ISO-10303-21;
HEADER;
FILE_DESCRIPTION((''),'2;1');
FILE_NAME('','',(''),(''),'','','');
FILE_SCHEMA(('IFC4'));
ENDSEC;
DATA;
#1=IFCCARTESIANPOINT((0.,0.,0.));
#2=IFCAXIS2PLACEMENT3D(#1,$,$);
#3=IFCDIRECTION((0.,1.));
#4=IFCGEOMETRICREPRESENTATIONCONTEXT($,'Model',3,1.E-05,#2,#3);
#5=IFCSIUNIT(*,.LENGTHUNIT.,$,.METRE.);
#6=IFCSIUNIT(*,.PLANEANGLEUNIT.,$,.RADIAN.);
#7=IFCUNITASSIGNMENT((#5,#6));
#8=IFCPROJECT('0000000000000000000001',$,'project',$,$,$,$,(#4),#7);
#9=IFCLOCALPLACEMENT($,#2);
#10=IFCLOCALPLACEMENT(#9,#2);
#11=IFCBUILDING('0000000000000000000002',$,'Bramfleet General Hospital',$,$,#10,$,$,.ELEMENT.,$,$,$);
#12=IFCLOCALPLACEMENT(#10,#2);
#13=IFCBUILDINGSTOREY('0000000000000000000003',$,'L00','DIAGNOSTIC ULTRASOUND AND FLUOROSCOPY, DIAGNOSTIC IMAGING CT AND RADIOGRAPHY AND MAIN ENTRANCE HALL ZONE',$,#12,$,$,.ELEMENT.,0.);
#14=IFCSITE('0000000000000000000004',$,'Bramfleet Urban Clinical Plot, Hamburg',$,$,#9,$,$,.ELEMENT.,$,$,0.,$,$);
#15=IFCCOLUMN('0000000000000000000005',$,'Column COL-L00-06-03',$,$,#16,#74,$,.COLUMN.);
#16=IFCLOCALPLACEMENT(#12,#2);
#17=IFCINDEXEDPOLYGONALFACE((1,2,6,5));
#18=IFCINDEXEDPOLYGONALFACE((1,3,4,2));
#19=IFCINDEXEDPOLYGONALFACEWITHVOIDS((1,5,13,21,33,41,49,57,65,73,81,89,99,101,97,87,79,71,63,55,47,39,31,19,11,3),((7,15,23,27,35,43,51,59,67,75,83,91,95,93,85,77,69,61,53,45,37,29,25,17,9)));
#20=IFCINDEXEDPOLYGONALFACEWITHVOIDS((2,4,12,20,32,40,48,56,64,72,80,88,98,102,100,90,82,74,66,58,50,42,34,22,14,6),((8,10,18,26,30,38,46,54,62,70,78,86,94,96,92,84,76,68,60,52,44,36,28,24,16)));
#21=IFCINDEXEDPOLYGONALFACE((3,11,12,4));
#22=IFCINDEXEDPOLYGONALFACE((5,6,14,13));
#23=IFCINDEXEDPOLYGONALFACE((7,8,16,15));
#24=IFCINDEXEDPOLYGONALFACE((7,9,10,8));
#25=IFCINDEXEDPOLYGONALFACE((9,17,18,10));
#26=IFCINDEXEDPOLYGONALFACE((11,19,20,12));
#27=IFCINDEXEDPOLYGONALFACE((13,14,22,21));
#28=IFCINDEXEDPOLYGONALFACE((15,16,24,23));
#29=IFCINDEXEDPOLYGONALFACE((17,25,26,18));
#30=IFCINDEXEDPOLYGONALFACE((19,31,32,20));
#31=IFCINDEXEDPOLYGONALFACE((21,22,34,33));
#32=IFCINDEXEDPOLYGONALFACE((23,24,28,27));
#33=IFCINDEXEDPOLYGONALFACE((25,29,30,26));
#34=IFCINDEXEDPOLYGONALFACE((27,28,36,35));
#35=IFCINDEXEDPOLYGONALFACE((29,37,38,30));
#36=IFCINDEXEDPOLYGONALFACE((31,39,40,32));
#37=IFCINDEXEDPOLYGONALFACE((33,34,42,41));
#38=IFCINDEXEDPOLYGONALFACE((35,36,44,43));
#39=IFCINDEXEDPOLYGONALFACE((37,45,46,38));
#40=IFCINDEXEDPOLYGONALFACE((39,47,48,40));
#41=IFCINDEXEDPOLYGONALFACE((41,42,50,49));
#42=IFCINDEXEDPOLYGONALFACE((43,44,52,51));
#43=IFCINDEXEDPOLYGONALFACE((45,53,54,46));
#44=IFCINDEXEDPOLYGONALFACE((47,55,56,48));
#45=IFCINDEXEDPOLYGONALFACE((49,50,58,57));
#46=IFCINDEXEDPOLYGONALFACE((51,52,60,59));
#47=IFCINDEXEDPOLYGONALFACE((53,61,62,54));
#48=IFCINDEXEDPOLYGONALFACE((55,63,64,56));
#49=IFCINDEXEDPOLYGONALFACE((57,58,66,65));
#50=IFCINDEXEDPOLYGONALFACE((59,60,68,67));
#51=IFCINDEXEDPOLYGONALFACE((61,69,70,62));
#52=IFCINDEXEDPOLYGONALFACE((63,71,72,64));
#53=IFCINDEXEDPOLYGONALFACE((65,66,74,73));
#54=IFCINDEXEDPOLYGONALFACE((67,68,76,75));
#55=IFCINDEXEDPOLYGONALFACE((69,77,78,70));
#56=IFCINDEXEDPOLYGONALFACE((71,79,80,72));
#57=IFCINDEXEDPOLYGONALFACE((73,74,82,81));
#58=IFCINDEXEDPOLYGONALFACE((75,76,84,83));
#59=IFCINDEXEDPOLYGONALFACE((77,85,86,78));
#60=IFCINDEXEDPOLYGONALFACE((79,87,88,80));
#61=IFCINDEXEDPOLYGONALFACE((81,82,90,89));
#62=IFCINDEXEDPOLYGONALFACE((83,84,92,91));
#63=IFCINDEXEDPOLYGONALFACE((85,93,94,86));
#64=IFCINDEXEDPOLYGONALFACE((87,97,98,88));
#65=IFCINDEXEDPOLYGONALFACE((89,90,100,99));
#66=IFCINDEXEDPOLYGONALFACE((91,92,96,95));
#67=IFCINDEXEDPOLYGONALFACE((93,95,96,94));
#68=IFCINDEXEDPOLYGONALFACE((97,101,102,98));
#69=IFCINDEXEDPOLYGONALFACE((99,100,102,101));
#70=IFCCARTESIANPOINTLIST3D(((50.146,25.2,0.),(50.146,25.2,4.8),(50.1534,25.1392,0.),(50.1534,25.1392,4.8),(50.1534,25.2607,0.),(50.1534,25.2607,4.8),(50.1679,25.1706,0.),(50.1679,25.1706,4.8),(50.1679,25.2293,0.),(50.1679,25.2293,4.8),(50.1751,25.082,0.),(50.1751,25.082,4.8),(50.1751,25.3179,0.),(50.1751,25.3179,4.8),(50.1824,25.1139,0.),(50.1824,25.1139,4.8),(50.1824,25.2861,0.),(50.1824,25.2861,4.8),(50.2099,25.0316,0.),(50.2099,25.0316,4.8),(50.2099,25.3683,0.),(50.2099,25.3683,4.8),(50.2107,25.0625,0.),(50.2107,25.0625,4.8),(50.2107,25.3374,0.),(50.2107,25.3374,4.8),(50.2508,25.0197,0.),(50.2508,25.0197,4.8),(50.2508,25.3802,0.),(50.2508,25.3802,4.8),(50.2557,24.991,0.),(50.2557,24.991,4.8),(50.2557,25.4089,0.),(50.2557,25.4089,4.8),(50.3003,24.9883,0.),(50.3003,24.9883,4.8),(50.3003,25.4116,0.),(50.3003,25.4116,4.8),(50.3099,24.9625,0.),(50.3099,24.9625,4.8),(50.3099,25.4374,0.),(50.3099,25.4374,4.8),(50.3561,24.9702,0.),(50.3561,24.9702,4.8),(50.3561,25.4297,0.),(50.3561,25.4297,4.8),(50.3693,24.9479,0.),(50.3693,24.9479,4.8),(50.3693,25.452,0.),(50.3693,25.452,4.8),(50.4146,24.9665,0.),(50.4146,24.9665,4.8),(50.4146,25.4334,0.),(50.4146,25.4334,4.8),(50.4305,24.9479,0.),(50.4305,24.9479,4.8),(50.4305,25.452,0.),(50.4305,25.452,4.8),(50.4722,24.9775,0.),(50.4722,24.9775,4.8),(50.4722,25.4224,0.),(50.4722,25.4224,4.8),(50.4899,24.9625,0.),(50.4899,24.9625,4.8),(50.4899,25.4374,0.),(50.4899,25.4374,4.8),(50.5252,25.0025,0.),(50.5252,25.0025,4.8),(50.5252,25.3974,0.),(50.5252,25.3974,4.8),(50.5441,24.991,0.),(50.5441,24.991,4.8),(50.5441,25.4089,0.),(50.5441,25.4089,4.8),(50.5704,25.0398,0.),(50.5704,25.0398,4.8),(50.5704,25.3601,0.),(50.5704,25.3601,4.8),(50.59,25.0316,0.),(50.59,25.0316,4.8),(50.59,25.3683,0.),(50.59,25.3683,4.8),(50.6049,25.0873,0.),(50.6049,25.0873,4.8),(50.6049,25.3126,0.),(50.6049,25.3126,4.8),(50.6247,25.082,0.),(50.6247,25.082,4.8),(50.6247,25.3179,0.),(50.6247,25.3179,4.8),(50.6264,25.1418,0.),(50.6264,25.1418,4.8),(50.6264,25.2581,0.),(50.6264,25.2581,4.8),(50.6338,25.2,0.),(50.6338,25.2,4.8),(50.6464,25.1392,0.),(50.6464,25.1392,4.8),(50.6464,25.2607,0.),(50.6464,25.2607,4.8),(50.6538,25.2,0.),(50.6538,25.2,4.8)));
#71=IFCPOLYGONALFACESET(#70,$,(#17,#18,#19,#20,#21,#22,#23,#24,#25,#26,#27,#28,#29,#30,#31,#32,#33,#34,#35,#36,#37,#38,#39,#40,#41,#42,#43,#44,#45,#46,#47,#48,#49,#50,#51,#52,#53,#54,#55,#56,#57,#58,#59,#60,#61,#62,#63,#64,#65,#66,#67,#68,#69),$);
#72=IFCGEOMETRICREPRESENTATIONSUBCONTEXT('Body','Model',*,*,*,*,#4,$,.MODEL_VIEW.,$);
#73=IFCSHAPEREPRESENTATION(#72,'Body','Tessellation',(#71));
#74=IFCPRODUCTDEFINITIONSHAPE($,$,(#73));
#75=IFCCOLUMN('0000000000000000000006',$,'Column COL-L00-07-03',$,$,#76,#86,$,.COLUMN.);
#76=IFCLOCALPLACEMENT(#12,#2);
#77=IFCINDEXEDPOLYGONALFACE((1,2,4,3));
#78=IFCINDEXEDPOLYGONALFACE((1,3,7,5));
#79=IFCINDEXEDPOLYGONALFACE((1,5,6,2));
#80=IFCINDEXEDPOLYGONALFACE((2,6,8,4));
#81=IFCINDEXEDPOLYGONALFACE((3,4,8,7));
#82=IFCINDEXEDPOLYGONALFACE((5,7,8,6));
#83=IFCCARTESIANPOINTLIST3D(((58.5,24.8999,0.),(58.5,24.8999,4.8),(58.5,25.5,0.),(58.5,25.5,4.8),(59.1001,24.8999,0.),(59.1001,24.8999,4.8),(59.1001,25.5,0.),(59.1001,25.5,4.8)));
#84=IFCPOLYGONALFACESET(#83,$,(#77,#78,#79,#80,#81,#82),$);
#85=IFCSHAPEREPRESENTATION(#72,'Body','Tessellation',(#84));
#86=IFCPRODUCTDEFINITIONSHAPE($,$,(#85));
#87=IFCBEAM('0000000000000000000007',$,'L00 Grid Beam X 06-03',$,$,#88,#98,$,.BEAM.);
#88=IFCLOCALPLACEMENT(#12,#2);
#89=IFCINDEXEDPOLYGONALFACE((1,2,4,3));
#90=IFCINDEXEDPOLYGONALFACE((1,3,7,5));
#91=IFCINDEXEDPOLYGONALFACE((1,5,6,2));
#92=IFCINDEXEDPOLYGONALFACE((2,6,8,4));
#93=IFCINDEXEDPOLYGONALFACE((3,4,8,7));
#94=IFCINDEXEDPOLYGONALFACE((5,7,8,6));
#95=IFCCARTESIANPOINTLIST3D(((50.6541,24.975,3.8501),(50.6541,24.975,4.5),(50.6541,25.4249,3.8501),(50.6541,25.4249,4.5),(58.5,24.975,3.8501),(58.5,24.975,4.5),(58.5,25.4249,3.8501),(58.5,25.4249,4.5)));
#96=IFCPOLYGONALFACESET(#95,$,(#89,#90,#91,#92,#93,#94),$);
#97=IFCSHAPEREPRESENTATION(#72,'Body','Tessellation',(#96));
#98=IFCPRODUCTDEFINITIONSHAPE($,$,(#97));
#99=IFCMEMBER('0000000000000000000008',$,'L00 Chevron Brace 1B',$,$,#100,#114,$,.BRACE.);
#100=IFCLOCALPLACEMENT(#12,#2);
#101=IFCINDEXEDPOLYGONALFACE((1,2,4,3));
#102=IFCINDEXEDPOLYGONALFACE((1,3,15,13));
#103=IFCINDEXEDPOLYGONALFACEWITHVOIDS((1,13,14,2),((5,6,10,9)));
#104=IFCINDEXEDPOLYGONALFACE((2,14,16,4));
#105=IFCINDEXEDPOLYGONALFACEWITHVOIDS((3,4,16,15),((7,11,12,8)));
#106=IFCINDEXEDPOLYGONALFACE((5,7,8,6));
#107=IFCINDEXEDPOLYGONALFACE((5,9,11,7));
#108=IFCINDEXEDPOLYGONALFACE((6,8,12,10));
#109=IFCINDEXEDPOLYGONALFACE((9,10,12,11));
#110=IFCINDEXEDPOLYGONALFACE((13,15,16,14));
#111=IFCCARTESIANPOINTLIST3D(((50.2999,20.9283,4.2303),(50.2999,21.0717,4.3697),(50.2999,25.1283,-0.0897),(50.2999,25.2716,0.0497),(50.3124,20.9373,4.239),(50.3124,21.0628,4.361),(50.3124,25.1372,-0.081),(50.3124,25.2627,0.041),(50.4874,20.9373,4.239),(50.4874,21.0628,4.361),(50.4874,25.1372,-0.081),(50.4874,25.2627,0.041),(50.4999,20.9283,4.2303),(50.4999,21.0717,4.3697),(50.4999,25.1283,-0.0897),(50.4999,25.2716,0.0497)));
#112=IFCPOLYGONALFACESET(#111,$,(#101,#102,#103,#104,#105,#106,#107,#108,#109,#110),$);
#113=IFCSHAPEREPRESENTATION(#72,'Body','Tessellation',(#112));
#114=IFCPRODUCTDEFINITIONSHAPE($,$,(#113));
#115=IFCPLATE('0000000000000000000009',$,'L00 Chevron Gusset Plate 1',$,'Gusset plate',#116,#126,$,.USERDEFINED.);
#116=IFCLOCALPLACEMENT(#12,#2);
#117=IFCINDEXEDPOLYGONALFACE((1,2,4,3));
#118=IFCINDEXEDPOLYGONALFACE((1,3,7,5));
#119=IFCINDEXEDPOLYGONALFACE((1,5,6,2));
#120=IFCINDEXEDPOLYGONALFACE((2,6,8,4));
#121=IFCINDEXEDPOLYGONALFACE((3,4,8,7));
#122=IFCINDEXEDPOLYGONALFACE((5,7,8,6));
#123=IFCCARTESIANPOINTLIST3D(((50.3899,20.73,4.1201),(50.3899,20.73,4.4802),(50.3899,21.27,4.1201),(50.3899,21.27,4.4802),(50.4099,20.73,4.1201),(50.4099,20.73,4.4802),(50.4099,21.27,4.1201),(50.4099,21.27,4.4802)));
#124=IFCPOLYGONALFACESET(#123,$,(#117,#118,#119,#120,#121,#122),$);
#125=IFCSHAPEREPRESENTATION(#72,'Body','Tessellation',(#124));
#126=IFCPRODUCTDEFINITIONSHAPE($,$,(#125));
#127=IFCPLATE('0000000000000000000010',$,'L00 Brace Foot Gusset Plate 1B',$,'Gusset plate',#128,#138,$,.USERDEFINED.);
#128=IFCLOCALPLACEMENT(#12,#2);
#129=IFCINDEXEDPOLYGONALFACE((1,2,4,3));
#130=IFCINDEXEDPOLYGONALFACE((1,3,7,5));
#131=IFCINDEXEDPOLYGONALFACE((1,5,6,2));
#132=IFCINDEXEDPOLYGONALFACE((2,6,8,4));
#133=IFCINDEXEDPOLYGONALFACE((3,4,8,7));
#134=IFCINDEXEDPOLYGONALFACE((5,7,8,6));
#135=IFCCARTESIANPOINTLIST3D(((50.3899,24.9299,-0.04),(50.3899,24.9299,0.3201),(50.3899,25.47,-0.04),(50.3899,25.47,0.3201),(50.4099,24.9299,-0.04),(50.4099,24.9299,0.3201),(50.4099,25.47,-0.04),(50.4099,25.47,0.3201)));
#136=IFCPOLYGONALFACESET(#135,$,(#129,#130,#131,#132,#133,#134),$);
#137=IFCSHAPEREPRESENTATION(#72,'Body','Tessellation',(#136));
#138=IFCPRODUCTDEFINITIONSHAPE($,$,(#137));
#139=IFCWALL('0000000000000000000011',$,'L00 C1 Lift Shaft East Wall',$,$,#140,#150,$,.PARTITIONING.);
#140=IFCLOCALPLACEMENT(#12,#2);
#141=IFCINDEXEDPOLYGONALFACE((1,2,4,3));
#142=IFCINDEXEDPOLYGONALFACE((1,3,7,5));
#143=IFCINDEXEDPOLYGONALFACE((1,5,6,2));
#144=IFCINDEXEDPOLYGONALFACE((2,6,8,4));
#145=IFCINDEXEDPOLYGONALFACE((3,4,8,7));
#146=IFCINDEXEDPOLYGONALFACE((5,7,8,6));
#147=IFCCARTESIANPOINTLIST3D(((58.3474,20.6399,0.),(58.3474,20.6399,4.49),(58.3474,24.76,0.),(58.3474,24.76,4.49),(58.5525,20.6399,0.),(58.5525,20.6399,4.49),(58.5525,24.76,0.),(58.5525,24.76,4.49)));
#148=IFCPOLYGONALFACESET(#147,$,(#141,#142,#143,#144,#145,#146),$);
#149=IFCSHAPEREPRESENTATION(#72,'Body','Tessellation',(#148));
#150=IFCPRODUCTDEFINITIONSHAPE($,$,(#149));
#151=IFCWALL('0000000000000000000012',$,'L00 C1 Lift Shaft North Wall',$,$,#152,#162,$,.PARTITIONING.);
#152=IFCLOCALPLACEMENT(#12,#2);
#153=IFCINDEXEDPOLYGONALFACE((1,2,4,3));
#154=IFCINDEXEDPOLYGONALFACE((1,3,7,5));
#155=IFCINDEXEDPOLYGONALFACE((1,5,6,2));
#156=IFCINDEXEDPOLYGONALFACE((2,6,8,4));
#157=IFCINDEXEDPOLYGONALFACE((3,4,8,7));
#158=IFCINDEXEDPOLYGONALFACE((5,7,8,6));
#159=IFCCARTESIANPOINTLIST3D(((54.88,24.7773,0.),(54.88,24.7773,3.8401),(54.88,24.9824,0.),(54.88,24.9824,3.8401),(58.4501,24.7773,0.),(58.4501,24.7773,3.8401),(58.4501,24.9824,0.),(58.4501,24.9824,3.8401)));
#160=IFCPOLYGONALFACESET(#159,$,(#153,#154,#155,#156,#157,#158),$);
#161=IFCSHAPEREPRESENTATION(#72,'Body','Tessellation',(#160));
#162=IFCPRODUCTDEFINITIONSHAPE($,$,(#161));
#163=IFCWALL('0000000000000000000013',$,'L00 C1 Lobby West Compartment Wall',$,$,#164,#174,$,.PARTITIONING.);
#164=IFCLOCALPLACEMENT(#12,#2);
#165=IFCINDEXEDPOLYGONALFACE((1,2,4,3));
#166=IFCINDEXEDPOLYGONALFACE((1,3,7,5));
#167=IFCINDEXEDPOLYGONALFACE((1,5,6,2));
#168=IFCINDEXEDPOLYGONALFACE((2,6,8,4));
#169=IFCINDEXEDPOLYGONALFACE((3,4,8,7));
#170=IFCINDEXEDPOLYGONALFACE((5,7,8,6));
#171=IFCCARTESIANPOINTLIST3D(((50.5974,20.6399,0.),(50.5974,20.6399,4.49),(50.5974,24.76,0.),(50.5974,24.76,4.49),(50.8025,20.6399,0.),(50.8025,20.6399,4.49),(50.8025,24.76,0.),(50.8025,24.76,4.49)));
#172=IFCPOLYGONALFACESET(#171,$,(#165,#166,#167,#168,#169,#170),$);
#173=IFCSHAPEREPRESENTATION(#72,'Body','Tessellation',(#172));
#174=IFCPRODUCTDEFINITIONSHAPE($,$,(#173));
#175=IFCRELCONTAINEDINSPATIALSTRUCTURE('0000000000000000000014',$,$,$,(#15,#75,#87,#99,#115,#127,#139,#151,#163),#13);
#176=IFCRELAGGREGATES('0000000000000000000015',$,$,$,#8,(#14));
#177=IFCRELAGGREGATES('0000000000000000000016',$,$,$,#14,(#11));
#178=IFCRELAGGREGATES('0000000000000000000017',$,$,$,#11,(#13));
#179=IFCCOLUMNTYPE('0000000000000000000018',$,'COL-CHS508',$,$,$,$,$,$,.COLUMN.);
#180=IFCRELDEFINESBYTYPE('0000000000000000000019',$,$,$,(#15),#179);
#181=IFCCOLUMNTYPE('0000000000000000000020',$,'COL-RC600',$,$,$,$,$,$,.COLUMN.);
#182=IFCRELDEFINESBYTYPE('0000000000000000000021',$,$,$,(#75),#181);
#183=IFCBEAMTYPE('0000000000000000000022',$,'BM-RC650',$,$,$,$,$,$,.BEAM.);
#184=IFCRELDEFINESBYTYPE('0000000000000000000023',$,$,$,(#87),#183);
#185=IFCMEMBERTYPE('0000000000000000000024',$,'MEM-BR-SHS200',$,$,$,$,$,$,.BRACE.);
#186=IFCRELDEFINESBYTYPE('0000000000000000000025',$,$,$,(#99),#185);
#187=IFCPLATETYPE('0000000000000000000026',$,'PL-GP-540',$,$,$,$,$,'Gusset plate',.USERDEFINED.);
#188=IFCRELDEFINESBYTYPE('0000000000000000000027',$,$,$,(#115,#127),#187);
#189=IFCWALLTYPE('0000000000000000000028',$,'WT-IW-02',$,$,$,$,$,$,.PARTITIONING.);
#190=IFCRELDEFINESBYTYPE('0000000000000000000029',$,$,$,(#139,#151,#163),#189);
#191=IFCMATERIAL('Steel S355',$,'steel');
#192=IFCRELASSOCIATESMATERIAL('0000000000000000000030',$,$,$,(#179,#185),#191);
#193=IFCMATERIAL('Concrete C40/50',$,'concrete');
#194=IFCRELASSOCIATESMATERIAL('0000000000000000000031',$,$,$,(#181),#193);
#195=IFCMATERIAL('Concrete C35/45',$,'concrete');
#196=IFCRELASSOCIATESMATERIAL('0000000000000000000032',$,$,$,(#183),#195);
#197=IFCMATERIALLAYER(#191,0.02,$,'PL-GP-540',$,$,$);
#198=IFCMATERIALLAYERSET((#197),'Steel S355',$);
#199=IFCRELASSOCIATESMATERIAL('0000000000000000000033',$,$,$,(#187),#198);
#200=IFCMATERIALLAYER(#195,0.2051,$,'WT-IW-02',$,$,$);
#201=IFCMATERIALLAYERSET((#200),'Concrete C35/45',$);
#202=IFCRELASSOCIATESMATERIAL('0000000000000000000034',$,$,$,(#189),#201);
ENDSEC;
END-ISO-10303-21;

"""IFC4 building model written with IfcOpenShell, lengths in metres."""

from ifc_helpers import new_model, si_unit, direction, frame, frame_2d, origin, origin_2d, place, context, subcontext, project, spatial, rectangle, hollow_rectangle, hollow_circle, extrude, material, layer, layer_set, material_profile, profile_set, type_object, element, save


model = new_model("IFC4")

# Units and contexts
model_context = context("Model", 3, precision=1e-05, world=origin(), true_north=direction((0.0, 1.0)))
body_context = subcontext(model_context, "Body", "Model", "MODEL_VIEW")
ifc_project = project(units=[si_unit("LENGTHUNIT", "METRE"), si_unit("PLANEANGLEUNIT", "RADIAN")], contexts=[model_context])

# Site, building, storey
site_placement = place(None, origin())
site = spatial("IfcSite", under=ifc_project, at=site_placement, Name="Bramfleet Urban Clinical Plot, Hamburg", CompositionType="ELEMENT", RefElevation=0.0)
building_placement = place(site_placement, origin())
building = spatial("IfcBuilding", under=site, at=building_placement, Name="Bramfleet General Hospital", CompositionType="ELEMENT")
storey_placement = place(building_placement, origin())
storey = spatial("IfcBuildingStorey", under=building, at=storey_placement, Name="L00", Description="DIAGNOSTIC ULTRASOUND AND FLUOROSCOPY, DIAGNOSTIC IMAGING CT AND RADIOGRAPHY AND MAIN ENTRANCE HALL ZONE", CompositionType="ELEMENT", Elevation=0.0)

# Columns
ifc_material_1 = material(Name="Steel S355", Category="steel")
ifc_material_profile_1 = material_profile(ifc_material_1, hollow_circle(Radius=0.2539, WallThickness=0.02, at=origin_2d()), Name="CHS 508.0x20.0")
ifc_profile_set_1 = profile_set([ifc_material_profile_1], Name="Steel S355")
column_type_1 = type_object("IfcColumnType", Name="COL-CHS508", PredefinedType="COLUMN", material=ifc_profile_set_1)
column_1_placement = place(storey_placement, frame((50.3999, 25.2, 0.0), z_axis=(0.0, 0.0, 1.0), x_axis=(1.0, 0.0, 0.0)))
element("IfcColumn", 1, at=column_1_placement, inside=storey, type_object=column_type_1, Name="Column COL-L00-06-03", PredefinedType="COLUMN", context=body_context, shape_type="SweptSolid", body=[
    extrude(hollow_circle(Radius=0.2539, WallThickness=0.02, at=origin_2d()), origin(), (0.0, 0.0, 1.0), 4.8),
])
ifc_material_2 = material(Name="Concrete C40/50", Category="concrete")
ifc_material_profile_2 = material_profile(ifc_material_2, rectangle(XDim=0.6001, YDim=0.6001, at=origin_2d()), Name="RC COL 600x600")
ifc_profile_set_2 = profile_set([ifc_material_profile_2], Name="Concrete C40/50")
column_type_2 = type_object("IfcColumnType", Name="COL-RC600", PredefinedType="COLUMN", material=ifc_profile_set_2)
column_2_placement = place(storey_placement, frame((58.8, 25.2, 0.0), z_axis=(0.0, 0.0, 1.0), x_axis=(1.0, 0.0, 0.0)))
element("IfcColumn", 2, at=column_2_placement, inside=storey, type_object=column_type_2, Name="Column COL-L00-07-03", PredefinedType="COLUMN", context=body_context, shape_type="SweptSolid", body=[
    extrude(rectangle(XDim=0.6001, YDim=0.6001, at=origin_2d()), origin(), (0.0, 0.0, 1.0), 4.8),
])

# Beam
ifc_material_3 = material(Name="Concrete C35/45", Category="concrete")
ifc_material_profile_3 = material_profile(ifc_material_3, rectangle(XDim=0.45, YDim=0.6499, at=origin_2d()), Name="RC BM 650x450")
ifc_profile_set_3 = profile_set([ifc_material_profile_3], Name="Concrete C35/45")
beam_type = type_object("IfcBeamType", Name="BM-RC650", PredefinedType="BEAM", material=ifc_profile_set_3)
beam_placement = place(storey_placement, frame((50.6541, 25.2, 4.175), z_axis=(1.0, 0.0, 0.0), x_axis=(0.0, 1.0, 0.0)))
element("IfcBeam", 3, at=beam_placement, inside=storey, type_object=beam_type, Name="L00 Grid Beam X 06-03", PredefinedType="BEAM", context=body_context, shape_type="SweptSolid", body=[
    extrude(rectangle(XDim=0.45, YDim=0.6499, at=origin_2d()), origin(), (0.0, 0.0, 1.0), 7.8459),
])

# Member
ifc_material_profile_4 = material_profile(ifc_material_1, hollow_rectangle(XDim=0.2, YDim=0.2, WallThickness=0.0125, at=origin_2d()), Name="SHS 200x200x12.5")
ifc_profile_set_4 = profile_set([ifc_material_profile_4], Name="Steel S355")
member_type = type_object("IfcMemberType", Name="MEM-BR-SHS200", PredefinedType="BRACE", material=ifc_profile_set_4)
member_placement = place(storey_placement, frame((50.3999, 25.2, -0.02), z_axis=(0.0, -0.697069, 0.717004), x_axis=(1.0, 0.0, 0.0)))
element("IfcMember", 4, at=member_placement, inside=storey, type_object=member_type, Name="L00 Chevron Brace 1B", PredefinedType="BRACE", context=body_context, shape_type="SweptSolid", body=[
    extrude(hollow_rectangle(XDim=0.2, YDim=0.2, WallThickness=0.0125, at=origin_2d()), origin(), (0.0, 0.0, 1.0), 6.0251),
])

# Plates
ifc_layer_1 = layer(ifc_material_1, 0.02, Name="PL-GP-540")
ifc_layer_set_1 = layer_set([ifc_layer_1], Name="Steel S355")
plate_type = type_object("IfcPlateType", Name="PL-GP-540", ElementType="Gusset plate", PredefinedType="USERDEFINED", material=ifc_layer_set_1)
for number, where, z_axis, x_axis, name in (
    (5, (50.3999, 21.0, 4.1201), (0.0, 0.0, 1.0), (1.0, 0.0, 0.0), "L00 Chevron Gusset Plate 1"),
    (6, (50.3999, 25.2, -0.04), (0.0, 0.0, 1.0), (1.0, 0.0, 0.0), "L00 Brace Foot Gusset Plate 1B"),
):
    element("IfcPlate", number, at=place(storey_placement, frame(where, z_axis=z_axis, x_axis=x_axis)), inside=storey, type_object=plate_type, Name=name, ObjectType="Gusset plate", PredefinedType="USERDEFINED", context=body_context, shape_type="SweptSolid", body=[
        extrude(rectangle(XDim=0.02, YDim=0.54, at=origin_2d()), origin(), (0.0, 0.0, 1.0), 0.3601),
    ])

# Shared definitions
ifc_layer_2 = layer(ifc_material_3, 0.2051, Name="WT-IW-02")
ifc_layer_set_2 = layer_set([ifc_layer_2], Name="Concrete C35/45")
wall_type_1 = type_object("IfcWallType", Name="WT-IW-02", PredefinedType="PARTITIONING", material=ifc_layer_set_2)

# Walls
wall_1_placement = place(storey_placement, frame((58.45, 20.6399, 0.0), z_axis=(0.0, 0.0, 1.0), x_axis=(0.0, 1.0, 0.0)))
element("IfcWall", 7, at=wall_1_placement, inside=storey, type_object=wall_type_1, Name="L00 C1 Lift Shaft East Wall", PredefinedType="PARTITIONING", context=body_context, shape_type="SweptSolid", body=[
    extrude(rectangle(XDim=4.1201, YDim=0.2051, at=frame_2d((2.0601, 0.0))), origin(), (0.0, 0.0, 1.0), 4.49),
])
wall_2_placement = place(storey_placement, frame((54.8799, 24.8799, 0.0), z_axis=(0.0, 0.0, 1.0), x_axis=(1.0, 0.0, 0.0)))
element("IfcWall", 8, at=wall_2_placement, inside=storey, type_object=wall_type_1, Name="L00 C1 Lift Shaft North Wall", PredefinedType="PARTITIONING", context=body_context, shape_type="SweptSolid", body=[
    extrude(rectangle(XDim=3.5701, YDim=0.2051, at=frame_2d((1.7852, 0.0))), origin(), (0.0, 0.0, 1.0), 3.8401),
])
wall_3_placement = place(storey_placement, frame((50.7, 20.6399, 0.0), z_axis=(0.0, 0.0, 1.0), x_axis=(0.0, 1.0, 0.0)))
element("IfcWall", 9, at=wall_3_placement, inside=storey, type_object=wall_type_1, Name="L00 C1 Lobby West Compartment Wall", PredefinedType="PARTITIONING", context=body_context, shape_type="SweptSolid", body=[
    extrude(rectangle(XDim=4.1201, YDim=0.2051, at=frame_2d((2.0601, 0.0))), origin(), (0.0, 0.0, 1.0), 4.49),
])

save(model, "model.ifc")
